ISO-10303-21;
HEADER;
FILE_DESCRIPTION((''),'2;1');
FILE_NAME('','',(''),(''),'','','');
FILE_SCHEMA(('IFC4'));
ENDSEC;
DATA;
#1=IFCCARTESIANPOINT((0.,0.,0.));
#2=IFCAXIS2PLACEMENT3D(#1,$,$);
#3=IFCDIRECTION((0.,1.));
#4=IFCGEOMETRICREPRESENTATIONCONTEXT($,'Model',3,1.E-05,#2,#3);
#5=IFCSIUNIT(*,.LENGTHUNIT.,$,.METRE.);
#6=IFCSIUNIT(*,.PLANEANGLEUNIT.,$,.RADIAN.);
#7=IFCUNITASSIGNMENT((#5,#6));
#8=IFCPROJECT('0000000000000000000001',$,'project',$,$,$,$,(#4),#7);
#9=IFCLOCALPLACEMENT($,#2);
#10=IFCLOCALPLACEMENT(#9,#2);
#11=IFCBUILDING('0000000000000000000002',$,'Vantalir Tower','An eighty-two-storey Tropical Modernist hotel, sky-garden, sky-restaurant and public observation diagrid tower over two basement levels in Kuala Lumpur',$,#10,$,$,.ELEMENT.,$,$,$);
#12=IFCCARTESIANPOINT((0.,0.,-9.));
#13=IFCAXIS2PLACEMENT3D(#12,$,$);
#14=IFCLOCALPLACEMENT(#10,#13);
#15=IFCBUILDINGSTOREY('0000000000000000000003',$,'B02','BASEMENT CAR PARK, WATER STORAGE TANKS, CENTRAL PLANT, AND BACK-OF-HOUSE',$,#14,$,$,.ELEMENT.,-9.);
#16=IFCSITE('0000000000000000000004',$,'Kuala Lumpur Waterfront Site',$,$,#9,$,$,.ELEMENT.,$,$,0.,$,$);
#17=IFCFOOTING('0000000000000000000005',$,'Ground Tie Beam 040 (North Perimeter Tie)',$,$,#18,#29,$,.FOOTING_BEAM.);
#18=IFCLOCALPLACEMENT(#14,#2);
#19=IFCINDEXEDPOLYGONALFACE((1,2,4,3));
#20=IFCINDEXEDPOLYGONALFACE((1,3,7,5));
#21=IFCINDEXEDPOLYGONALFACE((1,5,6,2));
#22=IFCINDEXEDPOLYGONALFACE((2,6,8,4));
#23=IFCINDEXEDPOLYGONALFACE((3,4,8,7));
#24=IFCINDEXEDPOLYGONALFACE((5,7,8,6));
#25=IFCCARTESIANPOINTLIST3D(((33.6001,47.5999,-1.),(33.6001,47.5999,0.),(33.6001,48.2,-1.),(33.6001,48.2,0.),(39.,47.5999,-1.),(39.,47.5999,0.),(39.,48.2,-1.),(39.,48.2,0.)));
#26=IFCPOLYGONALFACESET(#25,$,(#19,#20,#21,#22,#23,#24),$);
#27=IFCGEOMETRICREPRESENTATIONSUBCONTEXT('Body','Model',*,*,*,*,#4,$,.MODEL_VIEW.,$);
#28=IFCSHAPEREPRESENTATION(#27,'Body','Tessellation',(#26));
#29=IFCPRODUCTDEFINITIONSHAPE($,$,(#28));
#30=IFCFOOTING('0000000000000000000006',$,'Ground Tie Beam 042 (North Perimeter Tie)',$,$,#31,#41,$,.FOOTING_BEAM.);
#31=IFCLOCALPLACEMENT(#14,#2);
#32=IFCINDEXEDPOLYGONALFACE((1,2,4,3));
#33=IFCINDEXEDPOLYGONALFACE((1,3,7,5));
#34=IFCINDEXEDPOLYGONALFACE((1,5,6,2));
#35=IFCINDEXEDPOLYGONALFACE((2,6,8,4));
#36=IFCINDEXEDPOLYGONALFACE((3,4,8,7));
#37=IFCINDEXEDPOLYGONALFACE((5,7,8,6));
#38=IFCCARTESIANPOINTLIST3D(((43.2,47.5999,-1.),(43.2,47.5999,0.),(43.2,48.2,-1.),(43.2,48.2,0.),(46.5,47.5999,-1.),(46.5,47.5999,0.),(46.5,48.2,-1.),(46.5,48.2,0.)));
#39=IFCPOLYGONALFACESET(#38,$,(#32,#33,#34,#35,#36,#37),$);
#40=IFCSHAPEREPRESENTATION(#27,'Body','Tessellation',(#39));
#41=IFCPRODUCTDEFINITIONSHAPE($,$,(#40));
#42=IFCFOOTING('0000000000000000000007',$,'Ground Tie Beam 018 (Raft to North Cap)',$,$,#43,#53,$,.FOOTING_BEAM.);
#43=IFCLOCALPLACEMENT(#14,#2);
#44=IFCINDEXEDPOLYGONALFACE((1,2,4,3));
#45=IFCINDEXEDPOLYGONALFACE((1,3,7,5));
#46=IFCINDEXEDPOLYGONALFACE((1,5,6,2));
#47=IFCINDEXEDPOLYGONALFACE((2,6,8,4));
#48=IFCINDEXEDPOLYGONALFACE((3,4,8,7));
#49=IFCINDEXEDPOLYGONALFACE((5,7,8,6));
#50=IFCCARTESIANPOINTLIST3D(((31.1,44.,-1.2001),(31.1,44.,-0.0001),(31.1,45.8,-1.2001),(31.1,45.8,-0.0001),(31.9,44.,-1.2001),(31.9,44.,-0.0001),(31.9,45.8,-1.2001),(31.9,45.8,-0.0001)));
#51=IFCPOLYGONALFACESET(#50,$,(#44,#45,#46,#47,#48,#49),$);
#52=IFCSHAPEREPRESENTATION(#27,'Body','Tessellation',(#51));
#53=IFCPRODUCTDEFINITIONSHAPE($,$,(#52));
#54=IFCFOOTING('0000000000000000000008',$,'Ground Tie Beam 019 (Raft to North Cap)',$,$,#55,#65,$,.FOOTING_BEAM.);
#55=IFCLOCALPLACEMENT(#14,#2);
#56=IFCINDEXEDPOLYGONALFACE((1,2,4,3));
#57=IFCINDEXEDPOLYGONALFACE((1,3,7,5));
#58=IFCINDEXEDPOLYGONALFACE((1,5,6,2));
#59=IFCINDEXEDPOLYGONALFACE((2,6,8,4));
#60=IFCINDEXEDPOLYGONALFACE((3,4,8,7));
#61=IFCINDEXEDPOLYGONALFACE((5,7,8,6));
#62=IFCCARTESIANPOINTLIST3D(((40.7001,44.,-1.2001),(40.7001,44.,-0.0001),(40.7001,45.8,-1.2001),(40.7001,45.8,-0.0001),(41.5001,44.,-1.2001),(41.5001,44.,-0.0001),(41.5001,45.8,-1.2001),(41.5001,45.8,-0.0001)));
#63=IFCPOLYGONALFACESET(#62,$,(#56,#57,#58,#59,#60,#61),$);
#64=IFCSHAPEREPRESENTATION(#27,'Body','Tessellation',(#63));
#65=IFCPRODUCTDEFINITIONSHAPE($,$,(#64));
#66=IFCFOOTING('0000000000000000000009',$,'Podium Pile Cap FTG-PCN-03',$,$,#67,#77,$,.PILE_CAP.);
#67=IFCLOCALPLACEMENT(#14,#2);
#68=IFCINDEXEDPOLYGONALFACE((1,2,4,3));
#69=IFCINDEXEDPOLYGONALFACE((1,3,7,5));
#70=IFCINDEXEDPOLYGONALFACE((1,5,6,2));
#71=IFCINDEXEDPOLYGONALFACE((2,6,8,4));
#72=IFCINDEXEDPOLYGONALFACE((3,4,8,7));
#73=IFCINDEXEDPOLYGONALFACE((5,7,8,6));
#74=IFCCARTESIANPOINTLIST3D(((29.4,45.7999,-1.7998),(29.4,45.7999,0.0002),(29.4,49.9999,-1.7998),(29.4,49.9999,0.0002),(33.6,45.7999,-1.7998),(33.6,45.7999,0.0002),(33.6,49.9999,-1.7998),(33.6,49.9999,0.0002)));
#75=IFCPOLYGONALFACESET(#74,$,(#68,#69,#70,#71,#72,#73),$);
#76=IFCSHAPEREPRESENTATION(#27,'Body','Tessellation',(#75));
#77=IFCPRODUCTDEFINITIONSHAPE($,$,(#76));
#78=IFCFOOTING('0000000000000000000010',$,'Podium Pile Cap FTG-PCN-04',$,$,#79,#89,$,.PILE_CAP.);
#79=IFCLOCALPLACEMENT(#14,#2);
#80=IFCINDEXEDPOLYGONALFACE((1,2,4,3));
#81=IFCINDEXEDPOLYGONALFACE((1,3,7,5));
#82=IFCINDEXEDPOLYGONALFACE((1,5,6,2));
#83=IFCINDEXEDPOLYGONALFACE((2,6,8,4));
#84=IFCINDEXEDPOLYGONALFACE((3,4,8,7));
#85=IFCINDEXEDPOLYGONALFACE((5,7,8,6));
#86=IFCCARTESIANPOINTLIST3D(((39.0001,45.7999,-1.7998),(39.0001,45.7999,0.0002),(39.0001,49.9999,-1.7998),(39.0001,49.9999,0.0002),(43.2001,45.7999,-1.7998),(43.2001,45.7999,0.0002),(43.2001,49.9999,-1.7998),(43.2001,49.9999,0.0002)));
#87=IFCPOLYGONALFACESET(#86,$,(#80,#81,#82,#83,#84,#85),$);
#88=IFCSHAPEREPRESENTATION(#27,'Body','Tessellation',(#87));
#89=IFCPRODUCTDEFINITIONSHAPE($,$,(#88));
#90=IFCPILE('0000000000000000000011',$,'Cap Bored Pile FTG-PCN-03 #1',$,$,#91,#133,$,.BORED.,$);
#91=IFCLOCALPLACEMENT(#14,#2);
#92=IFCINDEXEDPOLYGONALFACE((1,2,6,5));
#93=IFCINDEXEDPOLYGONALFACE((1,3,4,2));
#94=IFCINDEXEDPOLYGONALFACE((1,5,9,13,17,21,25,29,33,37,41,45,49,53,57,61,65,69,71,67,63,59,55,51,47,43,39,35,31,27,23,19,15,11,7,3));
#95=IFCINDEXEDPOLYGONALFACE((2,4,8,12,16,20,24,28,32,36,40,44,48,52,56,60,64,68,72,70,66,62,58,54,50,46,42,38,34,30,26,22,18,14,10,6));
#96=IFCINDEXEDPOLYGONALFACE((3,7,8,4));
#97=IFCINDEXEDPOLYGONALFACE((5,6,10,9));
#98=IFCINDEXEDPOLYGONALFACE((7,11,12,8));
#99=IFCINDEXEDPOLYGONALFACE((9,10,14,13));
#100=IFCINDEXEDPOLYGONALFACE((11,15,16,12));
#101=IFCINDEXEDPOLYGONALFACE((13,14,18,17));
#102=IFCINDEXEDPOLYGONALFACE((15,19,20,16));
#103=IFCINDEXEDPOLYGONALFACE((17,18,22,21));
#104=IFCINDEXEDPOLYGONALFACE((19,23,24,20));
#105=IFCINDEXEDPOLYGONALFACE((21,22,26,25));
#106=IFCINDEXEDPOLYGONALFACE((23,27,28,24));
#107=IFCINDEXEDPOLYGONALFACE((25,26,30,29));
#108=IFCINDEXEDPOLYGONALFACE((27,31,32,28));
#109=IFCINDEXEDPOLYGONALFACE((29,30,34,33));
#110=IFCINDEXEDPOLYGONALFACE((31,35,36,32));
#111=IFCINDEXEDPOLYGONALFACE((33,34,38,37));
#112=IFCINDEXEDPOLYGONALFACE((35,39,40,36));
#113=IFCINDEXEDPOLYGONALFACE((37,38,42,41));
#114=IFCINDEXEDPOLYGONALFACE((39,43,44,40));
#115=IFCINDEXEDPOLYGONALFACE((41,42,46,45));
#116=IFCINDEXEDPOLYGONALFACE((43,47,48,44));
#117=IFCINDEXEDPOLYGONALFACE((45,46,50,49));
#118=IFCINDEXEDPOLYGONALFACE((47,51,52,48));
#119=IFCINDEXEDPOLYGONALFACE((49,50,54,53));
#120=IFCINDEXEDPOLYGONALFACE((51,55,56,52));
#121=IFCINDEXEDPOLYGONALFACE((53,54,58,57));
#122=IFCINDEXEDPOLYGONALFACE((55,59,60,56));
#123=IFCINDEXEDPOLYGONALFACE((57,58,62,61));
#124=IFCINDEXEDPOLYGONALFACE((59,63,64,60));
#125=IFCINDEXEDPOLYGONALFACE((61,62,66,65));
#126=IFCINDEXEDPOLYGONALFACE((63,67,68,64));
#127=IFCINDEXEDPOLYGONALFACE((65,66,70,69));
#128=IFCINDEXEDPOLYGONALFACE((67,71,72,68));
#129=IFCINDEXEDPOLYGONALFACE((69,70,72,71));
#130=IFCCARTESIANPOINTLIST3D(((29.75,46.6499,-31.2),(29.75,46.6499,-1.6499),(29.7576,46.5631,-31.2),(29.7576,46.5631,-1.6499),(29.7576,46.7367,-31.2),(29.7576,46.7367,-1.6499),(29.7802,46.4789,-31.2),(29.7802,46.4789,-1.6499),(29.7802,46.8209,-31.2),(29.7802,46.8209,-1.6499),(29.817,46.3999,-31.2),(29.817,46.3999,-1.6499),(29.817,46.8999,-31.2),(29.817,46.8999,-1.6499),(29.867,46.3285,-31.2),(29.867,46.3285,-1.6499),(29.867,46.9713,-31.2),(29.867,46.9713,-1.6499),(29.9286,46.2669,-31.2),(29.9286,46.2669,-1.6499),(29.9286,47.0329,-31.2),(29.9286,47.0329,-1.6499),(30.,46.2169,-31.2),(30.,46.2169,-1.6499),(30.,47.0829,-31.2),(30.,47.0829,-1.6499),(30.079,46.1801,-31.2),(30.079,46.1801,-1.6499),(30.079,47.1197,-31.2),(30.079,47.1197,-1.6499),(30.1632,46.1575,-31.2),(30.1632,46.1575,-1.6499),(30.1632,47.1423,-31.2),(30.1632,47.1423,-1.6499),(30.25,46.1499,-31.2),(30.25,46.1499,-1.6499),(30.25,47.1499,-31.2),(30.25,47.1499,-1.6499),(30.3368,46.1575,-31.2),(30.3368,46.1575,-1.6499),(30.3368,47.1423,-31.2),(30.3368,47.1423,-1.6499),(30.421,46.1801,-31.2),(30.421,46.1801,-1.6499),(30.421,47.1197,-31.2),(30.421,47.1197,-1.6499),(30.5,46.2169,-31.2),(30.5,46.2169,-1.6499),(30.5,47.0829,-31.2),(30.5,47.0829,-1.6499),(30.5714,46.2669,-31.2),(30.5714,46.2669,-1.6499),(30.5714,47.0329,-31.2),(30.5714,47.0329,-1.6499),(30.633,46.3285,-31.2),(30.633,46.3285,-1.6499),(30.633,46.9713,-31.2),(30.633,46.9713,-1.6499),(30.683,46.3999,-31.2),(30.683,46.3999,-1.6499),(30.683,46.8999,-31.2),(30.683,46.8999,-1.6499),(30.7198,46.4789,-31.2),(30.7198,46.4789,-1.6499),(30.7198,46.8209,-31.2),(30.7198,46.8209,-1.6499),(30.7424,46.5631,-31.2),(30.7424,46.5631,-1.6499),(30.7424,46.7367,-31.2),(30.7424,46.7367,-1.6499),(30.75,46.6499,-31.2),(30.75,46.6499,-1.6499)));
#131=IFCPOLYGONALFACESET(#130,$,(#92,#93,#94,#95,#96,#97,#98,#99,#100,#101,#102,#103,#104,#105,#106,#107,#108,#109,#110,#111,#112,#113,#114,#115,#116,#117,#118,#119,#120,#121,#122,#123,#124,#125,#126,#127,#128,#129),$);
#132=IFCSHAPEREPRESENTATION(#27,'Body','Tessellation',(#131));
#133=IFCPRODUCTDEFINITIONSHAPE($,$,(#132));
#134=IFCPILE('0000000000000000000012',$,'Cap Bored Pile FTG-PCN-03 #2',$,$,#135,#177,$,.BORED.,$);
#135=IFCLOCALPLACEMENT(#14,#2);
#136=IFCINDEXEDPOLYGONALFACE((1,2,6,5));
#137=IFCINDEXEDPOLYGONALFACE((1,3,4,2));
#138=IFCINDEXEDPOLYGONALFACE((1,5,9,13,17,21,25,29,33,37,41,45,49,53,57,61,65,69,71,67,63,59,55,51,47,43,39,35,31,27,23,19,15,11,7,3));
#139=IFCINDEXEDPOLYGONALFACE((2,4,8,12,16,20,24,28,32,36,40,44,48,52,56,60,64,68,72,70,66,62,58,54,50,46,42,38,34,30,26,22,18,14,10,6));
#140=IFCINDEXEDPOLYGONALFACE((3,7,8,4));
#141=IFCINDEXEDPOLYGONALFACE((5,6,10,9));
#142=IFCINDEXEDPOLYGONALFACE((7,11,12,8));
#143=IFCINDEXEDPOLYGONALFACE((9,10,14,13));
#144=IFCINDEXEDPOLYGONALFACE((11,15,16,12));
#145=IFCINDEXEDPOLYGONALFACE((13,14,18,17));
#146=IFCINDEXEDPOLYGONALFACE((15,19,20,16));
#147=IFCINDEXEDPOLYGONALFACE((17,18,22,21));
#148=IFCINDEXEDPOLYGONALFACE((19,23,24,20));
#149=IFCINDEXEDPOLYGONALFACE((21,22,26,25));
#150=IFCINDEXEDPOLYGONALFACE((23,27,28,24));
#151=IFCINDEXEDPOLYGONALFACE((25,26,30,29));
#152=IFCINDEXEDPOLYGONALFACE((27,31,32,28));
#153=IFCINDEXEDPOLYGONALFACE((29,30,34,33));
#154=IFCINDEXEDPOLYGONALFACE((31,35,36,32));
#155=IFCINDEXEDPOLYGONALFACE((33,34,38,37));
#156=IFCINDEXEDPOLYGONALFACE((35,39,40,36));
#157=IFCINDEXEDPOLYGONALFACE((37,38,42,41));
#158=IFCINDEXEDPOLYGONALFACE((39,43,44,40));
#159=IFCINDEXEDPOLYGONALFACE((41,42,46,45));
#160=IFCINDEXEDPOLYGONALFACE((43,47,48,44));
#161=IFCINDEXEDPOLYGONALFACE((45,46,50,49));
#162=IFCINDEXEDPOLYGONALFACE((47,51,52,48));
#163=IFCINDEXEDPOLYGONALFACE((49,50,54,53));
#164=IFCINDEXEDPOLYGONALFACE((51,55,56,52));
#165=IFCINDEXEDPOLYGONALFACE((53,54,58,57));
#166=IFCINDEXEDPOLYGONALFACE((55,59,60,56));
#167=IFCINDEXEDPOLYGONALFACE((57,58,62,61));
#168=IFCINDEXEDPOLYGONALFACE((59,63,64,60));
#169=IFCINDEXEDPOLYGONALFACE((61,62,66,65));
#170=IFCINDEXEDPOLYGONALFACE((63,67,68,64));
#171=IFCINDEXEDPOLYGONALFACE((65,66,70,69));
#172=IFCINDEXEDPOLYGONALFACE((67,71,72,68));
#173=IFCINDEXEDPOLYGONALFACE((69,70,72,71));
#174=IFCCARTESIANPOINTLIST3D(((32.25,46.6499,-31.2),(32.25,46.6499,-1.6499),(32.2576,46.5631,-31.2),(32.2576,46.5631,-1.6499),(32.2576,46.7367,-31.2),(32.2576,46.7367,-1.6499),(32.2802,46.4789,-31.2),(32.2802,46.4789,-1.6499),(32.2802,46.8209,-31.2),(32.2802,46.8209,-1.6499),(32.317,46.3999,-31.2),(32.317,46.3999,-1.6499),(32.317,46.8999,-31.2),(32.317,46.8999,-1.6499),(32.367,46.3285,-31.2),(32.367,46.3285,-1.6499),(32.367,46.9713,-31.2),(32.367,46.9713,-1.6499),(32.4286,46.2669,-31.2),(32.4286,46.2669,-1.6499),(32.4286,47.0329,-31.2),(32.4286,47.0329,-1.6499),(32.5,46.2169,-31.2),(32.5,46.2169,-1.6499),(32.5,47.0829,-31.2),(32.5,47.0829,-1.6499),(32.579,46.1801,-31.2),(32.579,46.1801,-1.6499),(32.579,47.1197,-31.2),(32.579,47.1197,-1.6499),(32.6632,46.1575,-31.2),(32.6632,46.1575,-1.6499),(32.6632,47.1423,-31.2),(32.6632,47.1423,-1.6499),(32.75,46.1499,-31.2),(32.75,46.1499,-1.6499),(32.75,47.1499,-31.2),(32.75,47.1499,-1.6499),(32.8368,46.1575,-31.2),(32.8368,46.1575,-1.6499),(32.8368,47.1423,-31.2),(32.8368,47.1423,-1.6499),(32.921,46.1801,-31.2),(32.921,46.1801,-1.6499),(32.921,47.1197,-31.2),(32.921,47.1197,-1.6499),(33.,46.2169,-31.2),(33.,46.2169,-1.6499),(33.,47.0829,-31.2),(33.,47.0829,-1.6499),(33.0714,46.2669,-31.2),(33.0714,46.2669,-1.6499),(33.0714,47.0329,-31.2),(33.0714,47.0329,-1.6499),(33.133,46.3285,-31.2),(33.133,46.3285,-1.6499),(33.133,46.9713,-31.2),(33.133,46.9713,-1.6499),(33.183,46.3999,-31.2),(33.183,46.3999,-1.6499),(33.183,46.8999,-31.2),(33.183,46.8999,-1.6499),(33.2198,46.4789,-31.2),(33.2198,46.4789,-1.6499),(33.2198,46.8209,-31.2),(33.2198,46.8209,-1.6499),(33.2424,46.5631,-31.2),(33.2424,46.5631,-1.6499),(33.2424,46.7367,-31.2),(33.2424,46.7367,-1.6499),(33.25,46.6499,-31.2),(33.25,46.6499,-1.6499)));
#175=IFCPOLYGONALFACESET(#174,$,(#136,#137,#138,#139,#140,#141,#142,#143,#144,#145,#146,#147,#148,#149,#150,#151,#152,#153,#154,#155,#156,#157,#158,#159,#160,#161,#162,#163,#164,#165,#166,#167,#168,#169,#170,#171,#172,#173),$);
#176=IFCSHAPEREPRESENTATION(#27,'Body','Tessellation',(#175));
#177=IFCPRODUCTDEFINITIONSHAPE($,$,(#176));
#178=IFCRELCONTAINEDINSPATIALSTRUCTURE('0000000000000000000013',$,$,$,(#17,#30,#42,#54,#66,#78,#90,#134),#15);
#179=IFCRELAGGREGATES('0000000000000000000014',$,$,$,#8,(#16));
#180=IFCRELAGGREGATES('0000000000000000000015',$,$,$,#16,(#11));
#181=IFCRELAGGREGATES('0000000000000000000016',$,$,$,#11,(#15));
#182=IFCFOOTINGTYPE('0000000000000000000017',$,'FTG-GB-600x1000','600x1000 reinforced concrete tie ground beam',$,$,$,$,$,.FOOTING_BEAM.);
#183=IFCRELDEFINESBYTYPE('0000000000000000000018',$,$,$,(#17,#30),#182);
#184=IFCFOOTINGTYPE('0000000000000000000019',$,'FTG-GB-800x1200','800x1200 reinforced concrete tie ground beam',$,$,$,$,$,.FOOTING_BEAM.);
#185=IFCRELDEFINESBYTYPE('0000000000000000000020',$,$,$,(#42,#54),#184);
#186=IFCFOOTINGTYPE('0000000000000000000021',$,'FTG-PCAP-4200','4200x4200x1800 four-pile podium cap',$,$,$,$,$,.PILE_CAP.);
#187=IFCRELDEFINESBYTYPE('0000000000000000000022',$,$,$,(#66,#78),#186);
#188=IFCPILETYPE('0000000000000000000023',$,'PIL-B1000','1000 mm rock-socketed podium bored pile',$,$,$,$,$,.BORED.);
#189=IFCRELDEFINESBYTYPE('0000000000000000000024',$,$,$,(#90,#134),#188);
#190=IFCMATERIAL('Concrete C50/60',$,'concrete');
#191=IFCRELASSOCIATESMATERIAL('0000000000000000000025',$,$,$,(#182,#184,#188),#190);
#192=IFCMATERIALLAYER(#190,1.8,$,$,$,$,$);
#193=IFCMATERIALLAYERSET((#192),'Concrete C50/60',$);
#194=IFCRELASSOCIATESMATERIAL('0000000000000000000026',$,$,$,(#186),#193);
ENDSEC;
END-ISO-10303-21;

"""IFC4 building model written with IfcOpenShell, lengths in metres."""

from ifc_helpers import new_model, si_unit, direction, frame, origin, origin_2d, place, context, subcontext, project, spatial, rectangle, circle, extrude, material, layer, layer_set, material_profile, profile_set, type_object, element, save


model = new_model("IFC4")

# Units and contexts
model_context = context("Model", 3, precision=1e-05, world=origin(), true_north=direction((0.0, 1.0)))
body_context = subcontext(model_context, "Body", "Model", "MODEL_VIEW")
ifc_project = project(units=[si_unit("LENGTHUNIT", "METRE"), si_unit("PLANEANGLEUNIT", "RADIAN")], contexts=[model_context])

# Site, building, storey
site_placement = place(None, origin())
site = spatial("IfcSite", under=ifc_project, at=site_placement, Name="Kuala Lumpur Waterfront Site", CompositionType="ELEMENT", RefElevation=0.0)
building_placement = place(site_placement, origin())
building = spatial("IfcBuilding", under=site, at=building_placement, Name="Vantalir Tower", Description="An eighty-two-storey Tropical Modernist hotel, sky-garden, sky-restaurant and public observation diagrid tower over two basement levels in Kuala Lumpur", CompositionType="ELEMENT")
storey_placement = place(building_placement, frame((0.0, 0.0, -9.0)))
storey = spatial("IfcBuildingStorey", under=building, at=storey_placement, Name="B02", Description="BASEMENT CAR PARK, WATER STORAGE TANKS, CENTRAL PLANT, AND BACK-OF-HOUSE", CompositionType="ELEMENT", Elevation=-9.0)

# Footings
ifc_material_1 = material(Name="Concrete C50/60", Category="concrete")
ifc_material_profile_1 = material_profile(ifc_material_1, rectangle(XDim=0.6001, YDim=1.0, at=origin_2d()), Name="Concrete C50/60")
ifc_profile_set_1 = profile_set([ifc_material_profile_1], Name="Concrete C50/60")
footing_type_1 = type_object("IfcFootingType", Name="FTG-GB-600x1000", Description="600x1000 reinforced concrete tie ground beam", PredefinedType="FOOTING_BEAM", material=ifc_profile_set_1)
footing_1_placement = place(storey_placement, frame((33.6001, 47.8999, -0.5), z_axis=(1.0, 0.0, 0.0), x_axis=(0.0, 1.0, 0.0)))
element("IfcFooting", 1, at=footing_1_placement, inside=storey, type_object=footing_type_1, Name="Ground Tie Beam 040 (North Perimeter Tie)", PredefinedType="FOOTING_BEAM", context=body_context, shape_type="SweptSolid", body=[
    extrude(rectangle(XDim=0.6001, YDim=1.0, at=origin_2d()), origin(), (0.0, 0.0, 1.0), 5.3999),
])
footing_2_placement = place(storey_placement, frame((43.2, 47.8999, -0.5), z_axis=(1.0, 0.0, 0.0), x_axis=(0.0, 1.0, 0.0)))
element("IfcFooting", 2, at=footing_2_placement, inside=storey, type_object=footing_type_1, Name="Ground Tie Beam 042 (North Perimeter Tie)", PredefinedType="FOOTING_BEAM", context=body_context, shape_type="SweptSolid", body=[
    extrude(rectangle(XDim=0.6001, YDim=1.0, at=origin_2d()), origin(), (0.0, 0.0, 1.0), 3.3),
])
ifc_material_profile_2 = material_profile(ifc_material_1, rectangle(XDim=0.8, YDim=1.2, at=origin_2d()), Name="Concrete C50/60")
ifc_profile_set_2 = profile_set([ifc_material_profile_2], Name="Concrete C50/60")
footing_type_2 = type_object("IfcFootingType", Name="FTG-GB-800x1200", Description="800x1200 reinforced concrete tie ground beam", PredefinedType="FOOTING_BEAM", material=ifc_profile_set_2)
for number, where, z_axis, x_axis, name in (
    (3, (31.5, 44.0, -0.6001), (0.0, 1.0, 0.0), (-1.0, 0.0, 0.0), "Ground Tie Beam 018 (Raft to North Cap)"),
    (4, (41.1001, 44.0, -0.6001), (0.0, 1.0, 0.0), (-1.0, 0.0, 0.0), "Ground Tie Beam 019 (Raft to North Cap)"),
):
    element("IfcFooting", number, at=place(storey_placement, frame(where, z_axis=z_axis, x_axis=x_axis)), inside=storey, type_object=footing_type_2, Name=name, PredefinedType="FOOTING_BEAM", context=body_context, shape_type="SweptSolid", body=[
        extrude(rectangle(XDim=0.8, YDim=1.2, at=origin_2d()), origin(), (0.0, 0.0, 1.0), 1.8),
    ])
ifc_layer = layer(ifc_material_1, 1.8)
ifc_layer_set = layer_set([ifc_layer], Name="Concrete C50/60")
footing_type_3 = type_object("IfcFootingType", Name="FTG-PCAP-4200", Description="4200x4200x1800 four-pile podium cap", PredefinedType="PILE_CAP", material=ifc_layer_set)
for number, where, z_axis, x_axis, name in (
    (5, (31.5, 47.8999, -1.7998), (0.0, 0.0, 1.0), (1.0, 0.0, 0.0), "Podium Pile Cap FTG-PCN-03"),
    (6, (41.1001, 47.8999, -1.7998), (0.0, 0.0, 1.0), (1.0, 0.0, 0.0), "Podium Pile Cap FTG-PCN-04"),
):
    element("IfcFooting", number, at=place(storey_placement, frame(where, z_axis=z_axis, x_axis=x_axis)), inside=storey, type_object=footing_type_3, Name=name, PredefinedType="PILE_CAP", context=body_context, shape_type="SweptSolid", body=[
        extrude(rectangle(XDim=4.2, YDim=4.2, at=origin_2d()), origin(), (0.0, 0.0, 1.0), 1.8),
    ])

# Piles
ifc_material_profile_3 = material_profile(ifc_material_1, circle(Radius=0.5, at=origin_2d()), Name="Concrete C50/60")
ifc_profile_set_3 = profile_set([ifc_material_profile_3], Name="Concrete C50/60")
pile_type_1 = type_object("IfcPileType", Name="PIL-B1000", Description="1000 mm rock-socketed podium bored pile", PredefinedType="BORED", material=ifc_profile_set_3)
for number, where, z_axis, x_axis, name in (
    (7, (30.25, 46.6499, -1.6499), (0.0, 0.0, -1.0), (1.0, 0.0, 0.0), "Cap Bored Pile FTG-PCN-03 #1"),
    (8, (32.75, 46.6499, -1.6499), (0.0, 0.0, -1.0), (1.0, 0.0, 0.0), "Cap Bored Pile FTG-PCN-03 #2"),
):
    element("IfcPile", number, at=place(storey_placement, frame(where, z_axis=z_axis, x_axis=x_axis)), inside=storey, type_object=pile_type_1, Name=name, PredefinedType="BORED", context=body_context, shape_type="SweptSolid", body=[
        extrude(circle(Radius=0.5, at=origin_2d()), origin(), (0.0, 0.0, 1.0), 29.55),
    ])

save(model, "model.ifc")
